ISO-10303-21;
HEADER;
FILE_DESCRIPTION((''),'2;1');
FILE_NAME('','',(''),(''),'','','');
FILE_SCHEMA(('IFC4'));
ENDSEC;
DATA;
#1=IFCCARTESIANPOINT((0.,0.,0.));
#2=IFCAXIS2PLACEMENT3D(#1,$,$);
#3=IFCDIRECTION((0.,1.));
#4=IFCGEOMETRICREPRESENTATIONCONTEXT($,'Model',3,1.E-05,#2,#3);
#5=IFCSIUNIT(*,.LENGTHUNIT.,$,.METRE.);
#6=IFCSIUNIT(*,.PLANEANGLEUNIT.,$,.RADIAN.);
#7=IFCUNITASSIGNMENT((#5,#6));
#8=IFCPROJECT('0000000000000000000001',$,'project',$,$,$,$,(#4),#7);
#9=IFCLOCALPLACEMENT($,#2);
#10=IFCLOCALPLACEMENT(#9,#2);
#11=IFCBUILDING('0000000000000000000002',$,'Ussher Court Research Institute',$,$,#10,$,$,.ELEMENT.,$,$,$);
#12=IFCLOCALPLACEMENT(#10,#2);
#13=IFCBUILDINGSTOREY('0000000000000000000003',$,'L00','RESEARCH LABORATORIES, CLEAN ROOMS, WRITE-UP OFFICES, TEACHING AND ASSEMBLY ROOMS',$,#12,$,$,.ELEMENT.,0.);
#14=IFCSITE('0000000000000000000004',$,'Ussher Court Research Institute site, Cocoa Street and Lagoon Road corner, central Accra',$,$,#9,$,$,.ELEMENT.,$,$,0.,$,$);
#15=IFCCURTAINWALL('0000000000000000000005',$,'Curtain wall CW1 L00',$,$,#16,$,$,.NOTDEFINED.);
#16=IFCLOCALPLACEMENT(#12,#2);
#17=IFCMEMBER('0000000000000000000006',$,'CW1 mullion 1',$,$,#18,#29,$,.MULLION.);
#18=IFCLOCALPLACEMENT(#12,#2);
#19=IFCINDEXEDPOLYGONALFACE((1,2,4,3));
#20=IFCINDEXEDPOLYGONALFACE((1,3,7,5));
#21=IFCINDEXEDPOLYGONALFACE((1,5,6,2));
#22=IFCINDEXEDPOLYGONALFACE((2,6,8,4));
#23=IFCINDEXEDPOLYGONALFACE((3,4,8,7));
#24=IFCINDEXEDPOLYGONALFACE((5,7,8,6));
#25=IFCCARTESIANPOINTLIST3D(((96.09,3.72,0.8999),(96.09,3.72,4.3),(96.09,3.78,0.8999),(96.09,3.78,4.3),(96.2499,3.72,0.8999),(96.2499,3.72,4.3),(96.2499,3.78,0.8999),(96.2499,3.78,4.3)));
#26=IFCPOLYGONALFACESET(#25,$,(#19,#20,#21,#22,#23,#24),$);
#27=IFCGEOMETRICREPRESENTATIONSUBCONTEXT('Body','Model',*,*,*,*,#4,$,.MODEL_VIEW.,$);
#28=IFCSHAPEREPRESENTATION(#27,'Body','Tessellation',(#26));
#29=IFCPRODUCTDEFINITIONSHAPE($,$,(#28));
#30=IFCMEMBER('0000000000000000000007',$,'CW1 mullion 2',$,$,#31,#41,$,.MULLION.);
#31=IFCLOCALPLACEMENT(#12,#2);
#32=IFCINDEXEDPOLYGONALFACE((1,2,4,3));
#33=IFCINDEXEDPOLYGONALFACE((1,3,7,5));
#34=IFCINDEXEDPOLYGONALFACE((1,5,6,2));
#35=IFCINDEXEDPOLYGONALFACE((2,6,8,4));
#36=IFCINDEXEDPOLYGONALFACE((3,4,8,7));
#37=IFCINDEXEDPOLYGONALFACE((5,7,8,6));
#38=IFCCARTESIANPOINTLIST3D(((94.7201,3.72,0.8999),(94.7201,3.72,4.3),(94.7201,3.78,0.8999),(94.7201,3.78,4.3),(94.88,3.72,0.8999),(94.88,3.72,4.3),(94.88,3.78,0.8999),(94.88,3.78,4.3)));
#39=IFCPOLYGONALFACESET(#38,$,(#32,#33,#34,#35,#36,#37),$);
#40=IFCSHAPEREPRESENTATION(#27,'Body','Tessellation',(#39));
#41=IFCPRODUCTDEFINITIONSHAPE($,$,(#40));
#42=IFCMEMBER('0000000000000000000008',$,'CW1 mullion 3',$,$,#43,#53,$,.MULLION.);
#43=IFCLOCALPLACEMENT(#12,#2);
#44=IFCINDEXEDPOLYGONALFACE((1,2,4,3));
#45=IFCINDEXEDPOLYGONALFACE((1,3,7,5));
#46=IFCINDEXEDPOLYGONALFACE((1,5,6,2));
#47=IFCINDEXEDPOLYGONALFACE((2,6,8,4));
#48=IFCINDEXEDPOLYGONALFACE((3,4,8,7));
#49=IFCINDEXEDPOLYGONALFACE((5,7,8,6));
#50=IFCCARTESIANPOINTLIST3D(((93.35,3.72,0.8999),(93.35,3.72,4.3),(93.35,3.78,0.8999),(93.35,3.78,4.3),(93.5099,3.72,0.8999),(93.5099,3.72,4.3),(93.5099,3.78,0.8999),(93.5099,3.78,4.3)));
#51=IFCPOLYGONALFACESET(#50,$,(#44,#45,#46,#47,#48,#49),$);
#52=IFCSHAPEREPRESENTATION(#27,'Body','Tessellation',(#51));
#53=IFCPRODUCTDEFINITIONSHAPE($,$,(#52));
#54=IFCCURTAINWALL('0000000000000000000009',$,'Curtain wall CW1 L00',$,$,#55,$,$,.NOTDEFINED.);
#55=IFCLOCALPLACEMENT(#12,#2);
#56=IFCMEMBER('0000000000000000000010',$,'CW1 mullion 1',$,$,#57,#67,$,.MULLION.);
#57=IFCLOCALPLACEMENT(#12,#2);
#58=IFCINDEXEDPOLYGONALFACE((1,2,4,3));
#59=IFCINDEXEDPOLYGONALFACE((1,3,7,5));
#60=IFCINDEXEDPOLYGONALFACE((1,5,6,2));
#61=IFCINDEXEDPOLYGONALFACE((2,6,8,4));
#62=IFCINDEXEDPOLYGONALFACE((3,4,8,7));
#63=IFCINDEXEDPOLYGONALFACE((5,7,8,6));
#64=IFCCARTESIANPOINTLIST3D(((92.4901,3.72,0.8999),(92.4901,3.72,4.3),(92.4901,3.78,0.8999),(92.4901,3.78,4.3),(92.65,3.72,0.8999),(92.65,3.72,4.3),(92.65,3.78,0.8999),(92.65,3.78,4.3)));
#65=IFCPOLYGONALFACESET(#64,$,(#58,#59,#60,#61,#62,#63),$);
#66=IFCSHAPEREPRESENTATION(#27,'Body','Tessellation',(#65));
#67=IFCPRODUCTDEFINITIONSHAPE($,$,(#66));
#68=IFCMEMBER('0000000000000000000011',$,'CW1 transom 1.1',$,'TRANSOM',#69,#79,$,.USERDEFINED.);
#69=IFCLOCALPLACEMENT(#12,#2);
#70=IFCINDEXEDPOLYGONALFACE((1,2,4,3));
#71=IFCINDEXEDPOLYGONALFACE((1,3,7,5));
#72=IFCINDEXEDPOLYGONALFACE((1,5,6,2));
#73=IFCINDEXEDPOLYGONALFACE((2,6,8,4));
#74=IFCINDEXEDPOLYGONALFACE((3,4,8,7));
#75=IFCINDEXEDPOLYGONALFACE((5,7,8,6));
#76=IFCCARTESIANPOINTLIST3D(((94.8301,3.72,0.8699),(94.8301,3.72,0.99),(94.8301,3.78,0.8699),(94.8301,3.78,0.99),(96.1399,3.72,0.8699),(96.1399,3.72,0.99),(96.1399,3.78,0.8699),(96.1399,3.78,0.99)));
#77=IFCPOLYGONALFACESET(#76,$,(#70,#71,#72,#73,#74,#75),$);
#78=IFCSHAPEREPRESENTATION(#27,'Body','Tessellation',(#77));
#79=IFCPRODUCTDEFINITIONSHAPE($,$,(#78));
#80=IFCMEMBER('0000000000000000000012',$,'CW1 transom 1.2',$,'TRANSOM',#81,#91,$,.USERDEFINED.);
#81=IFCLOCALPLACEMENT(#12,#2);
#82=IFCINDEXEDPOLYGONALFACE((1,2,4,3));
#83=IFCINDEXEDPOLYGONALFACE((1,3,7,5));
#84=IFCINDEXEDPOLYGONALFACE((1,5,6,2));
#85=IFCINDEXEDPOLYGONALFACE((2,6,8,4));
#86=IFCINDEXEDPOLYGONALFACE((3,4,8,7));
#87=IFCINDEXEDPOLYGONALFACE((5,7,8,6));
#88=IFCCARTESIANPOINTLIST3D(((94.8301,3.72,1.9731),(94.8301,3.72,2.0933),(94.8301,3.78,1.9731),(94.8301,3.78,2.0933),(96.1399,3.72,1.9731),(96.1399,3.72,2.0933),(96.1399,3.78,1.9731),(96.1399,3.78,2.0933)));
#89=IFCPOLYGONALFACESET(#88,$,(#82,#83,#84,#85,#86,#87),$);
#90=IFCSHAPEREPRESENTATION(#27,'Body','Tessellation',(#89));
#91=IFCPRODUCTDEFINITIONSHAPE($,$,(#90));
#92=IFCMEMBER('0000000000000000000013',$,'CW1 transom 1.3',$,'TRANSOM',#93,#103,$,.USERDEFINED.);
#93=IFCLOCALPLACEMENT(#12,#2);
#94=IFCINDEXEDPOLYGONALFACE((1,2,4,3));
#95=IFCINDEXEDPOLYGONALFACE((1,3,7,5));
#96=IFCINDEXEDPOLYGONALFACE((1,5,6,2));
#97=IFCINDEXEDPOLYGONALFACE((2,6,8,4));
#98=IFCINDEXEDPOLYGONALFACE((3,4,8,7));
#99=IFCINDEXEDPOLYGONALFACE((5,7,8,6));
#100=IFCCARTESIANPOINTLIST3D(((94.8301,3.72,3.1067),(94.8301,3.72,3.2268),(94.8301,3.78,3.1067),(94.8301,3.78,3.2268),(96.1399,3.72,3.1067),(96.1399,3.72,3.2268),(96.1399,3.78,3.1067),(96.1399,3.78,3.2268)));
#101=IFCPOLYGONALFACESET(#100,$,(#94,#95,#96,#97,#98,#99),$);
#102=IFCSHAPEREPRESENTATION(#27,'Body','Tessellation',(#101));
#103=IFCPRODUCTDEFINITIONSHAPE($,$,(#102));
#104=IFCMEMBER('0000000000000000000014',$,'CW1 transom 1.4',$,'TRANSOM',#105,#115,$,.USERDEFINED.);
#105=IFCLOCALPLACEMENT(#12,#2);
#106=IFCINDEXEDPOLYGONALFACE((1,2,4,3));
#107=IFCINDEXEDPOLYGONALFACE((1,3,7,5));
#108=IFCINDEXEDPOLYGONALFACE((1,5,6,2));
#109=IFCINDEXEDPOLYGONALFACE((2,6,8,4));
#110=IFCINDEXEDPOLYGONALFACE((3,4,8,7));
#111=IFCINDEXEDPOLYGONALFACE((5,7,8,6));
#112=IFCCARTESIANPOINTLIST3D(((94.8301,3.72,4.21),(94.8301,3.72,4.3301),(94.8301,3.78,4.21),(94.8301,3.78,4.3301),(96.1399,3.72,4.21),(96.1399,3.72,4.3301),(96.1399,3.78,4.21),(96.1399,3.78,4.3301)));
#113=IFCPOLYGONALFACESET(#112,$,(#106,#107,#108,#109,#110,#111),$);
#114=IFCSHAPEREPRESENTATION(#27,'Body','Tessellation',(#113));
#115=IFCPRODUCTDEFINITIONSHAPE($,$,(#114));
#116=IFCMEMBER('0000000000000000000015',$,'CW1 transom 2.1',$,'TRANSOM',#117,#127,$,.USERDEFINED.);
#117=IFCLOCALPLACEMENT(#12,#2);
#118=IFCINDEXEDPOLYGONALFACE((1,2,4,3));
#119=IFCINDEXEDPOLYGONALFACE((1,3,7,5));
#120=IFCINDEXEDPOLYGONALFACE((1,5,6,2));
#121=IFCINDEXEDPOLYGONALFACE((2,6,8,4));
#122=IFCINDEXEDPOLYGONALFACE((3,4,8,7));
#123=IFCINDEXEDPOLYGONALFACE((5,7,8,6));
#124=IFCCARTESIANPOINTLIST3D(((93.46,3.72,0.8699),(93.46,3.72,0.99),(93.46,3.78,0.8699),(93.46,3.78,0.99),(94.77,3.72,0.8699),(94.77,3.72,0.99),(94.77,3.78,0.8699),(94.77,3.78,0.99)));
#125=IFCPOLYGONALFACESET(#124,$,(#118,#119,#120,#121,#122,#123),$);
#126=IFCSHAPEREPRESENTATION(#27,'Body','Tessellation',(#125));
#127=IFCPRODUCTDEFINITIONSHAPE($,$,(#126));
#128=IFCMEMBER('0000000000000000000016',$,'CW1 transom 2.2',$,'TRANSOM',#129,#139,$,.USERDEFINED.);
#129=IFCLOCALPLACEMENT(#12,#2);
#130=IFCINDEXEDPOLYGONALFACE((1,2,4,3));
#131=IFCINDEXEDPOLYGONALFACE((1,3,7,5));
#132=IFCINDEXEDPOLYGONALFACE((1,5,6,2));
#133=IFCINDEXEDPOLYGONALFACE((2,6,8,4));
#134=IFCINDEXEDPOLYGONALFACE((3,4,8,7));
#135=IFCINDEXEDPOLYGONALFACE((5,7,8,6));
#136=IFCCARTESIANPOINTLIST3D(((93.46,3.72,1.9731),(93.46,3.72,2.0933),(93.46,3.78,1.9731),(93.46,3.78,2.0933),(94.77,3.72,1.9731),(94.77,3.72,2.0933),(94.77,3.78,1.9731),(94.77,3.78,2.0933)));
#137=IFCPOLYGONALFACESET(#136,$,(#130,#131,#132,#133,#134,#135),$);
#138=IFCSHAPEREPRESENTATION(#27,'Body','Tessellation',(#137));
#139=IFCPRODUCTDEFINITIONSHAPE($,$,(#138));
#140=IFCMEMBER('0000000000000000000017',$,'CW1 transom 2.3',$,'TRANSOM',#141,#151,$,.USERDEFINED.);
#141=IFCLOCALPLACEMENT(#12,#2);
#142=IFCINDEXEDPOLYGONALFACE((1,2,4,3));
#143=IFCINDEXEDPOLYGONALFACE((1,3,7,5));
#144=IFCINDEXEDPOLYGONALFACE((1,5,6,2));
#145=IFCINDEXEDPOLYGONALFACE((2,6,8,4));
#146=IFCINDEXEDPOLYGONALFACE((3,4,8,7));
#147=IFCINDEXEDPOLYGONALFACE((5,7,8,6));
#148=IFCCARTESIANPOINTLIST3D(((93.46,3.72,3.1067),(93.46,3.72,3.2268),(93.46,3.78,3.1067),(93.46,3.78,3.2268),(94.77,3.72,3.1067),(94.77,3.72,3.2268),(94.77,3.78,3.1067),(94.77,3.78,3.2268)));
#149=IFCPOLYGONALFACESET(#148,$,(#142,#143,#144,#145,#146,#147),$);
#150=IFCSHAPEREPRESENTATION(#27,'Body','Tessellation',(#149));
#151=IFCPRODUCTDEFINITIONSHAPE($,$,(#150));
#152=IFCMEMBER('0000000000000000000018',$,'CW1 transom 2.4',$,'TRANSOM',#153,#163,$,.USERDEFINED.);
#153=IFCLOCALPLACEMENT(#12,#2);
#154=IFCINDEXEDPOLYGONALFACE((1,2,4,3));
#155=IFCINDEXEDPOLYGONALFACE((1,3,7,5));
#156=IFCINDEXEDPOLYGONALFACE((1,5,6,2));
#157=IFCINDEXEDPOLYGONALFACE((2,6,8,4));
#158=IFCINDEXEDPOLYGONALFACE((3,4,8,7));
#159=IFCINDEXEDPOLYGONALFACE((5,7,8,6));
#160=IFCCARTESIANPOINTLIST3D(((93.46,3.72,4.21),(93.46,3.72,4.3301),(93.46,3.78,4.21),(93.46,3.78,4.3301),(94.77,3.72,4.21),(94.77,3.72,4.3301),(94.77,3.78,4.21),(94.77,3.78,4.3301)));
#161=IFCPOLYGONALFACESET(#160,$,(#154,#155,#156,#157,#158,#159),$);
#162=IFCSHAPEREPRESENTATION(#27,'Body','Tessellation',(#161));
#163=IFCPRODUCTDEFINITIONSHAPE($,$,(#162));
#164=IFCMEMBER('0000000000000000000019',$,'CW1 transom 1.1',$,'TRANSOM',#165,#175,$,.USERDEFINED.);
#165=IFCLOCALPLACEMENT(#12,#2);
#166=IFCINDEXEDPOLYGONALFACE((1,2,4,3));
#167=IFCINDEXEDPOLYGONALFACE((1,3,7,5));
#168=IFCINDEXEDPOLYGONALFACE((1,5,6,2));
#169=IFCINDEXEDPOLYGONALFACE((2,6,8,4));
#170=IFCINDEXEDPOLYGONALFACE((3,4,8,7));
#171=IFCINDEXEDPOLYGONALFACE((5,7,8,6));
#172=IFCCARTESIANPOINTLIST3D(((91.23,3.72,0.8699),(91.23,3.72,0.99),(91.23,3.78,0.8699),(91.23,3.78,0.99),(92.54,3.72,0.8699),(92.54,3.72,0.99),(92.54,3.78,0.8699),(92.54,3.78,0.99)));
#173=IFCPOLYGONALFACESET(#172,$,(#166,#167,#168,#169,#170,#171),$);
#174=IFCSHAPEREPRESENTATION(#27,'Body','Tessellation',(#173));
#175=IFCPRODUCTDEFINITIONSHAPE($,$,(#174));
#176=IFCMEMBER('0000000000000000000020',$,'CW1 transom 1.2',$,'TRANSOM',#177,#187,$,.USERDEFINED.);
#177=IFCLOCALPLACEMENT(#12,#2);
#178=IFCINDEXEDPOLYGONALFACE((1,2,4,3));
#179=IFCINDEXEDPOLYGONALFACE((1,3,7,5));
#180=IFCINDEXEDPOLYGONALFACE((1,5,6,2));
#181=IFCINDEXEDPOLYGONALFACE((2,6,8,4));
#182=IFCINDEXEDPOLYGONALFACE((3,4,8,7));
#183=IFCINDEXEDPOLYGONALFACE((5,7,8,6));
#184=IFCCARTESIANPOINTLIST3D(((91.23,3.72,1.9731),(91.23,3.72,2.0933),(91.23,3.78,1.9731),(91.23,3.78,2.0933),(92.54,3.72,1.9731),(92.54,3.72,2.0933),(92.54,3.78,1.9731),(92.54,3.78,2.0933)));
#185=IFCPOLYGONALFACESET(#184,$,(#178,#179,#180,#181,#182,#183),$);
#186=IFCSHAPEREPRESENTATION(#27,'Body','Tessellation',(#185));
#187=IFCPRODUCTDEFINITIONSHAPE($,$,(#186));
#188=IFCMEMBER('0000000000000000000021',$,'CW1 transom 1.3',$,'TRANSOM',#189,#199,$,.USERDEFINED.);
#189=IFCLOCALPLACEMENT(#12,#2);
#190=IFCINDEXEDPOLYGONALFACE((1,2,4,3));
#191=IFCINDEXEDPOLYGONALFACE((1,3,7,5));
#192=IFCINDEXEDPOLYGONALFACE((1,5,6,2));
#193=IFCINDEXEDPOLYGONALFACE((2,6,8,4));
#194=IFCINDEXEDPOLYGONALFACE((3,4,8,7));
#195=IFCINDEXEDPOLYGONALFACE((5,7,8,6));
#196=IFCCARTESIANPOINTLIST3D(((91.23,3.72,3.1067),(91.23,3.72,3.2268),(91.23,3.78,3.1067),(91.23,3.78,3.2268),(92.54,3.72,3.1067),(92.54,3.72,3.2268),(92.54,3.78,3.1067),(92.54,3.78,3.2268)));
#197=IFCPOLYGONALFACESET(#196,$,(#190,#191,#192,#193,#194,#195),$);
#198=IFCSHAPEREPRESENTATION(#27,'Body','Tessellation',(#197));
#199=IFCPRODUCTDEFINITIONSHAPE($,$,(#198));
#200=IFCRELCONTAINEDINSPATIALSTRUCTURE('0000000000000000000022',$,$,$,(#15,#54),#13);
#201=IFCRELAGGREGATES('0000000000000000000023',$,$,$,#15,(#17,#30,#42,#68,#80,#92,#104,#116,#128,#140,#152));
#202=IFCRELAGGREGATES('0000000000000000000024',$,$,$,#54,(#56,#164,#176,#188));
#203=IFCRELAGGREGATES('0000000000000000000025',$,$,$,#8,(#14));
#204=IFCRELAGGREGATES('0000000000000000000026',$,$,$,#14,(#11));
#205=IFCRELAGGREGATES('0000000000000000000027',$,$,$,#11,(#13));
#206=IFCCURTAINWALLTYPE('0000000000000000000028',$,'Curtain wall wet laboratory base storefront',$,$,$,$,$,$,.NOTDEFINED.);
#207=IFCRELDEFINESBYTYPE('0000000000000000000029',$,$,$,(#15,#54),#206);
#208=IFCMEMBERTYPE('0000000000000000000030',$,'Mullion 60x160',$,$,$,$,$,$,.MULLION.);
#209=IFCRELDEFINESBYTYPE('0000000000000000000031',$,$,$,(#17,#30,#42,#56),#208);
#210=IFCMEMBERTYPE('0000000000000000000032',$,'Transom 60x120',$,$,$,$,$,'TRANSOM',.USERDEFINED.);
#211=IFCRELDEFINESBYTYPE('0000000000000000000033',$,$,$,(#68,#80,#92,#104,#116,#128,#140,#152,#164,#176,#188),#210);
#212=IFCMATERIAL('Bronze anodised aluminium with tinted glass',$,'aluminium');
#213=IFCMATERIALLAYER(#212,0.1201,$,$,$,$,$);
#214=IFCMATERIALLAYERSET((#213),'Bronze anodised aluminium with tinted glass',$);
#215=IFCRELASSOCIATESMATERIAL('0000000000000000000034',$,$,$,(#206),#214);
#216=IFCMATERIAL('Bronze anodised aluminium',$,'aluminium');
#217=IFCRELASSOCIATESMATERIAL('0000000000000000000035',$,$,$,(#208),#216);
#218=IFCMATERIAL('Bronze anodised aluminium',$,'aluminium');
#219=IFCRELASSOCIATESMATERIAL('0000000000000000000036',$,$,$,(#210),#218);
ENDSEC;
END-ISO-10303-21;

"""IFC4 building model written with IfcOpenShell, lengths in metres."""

from ifc_helpers import new_model, si_unit, direction, frame, origin, origin_2d, place, context, subcontext, project, spatial, rectangle, extrude, material, layer, layer_set, material_profile, profile_set, type_object, element, aggregate, save


model = new_model("IFC4")

# Units and contexts
model_context = context("Model", 3, precision=1e-05, world=origin(), true_north=direction((0.0, 1.0)))
body_context = subcontext(model_context, "Body", "Model", "MODEL_VIEW")
ifc_project = project(units=[si_unit("LENGTHUNIT", "METRE"), si_unit("PLANEANGLEUNIT", "RADIAN")], contexts=[model_context])

# Site, building, storey
site_placement = place(None, origin())
site = spatial("IfcSite", under=ifc_project, at=site_placement, Name="Ussher Court Research Institute site, Cocoa Street and Lagoon Road corner, central Accra", CompositionType="ELEMENT", RefElevation=0.0)
building_placement = place(site_placement, origin())
building = spatial("IfcBuilding", under=site, at=building_placement, Name="Ussher Court Research Institute", CompositionType="ELEMENT")
storey_placement = place(building_placement, origin())
storey = spatial("IfcBuildingStorey", under=building, at=storey_placement, Name="L00", Description="RESEARCH LABORATORIES, CLEAN ROOMS, WRITE-UP OFFICES, TEACHING AND ASSEMBLY ROOMS", CompositionType="ELEMENT", Elevation=0.0)

# Curtain wall, members
ifc_material_1 = material(Name="Bronze anodised aluminium with tinted glass", Category="aluminium")
ifc_layer_1 = layer(ifc_material_1, 0.1201)
ifc_layer_set_1 = layer_set([ifc_layer_1], Name="Bronze anodised aluminium with tinted glass")
curtain_wall_type = type_object("IfcCurtainWallType", Name="Curtain wall wet laboratory base storefront", PredefinedType="NOTDEFINED", material=ifc_layer_set_1)
curtain_wall_1_placement = place(storey_placement, origin())
curtain_wall_1 = element("IfcCurtainWall", 1, at=curtain_wall_1_placement, inside=storey, type_object=curtain_wall_type, Name="Curtain wall CW1 L00", PredefinedType="NOTDEFINED")
ifc_material_2 = material(Name="Bronze anodised aluminium", Category="aluminium")
ifc_material_profile_1 = material_profile(ifc_material_2, rectangle(XDim=0.0601, YDim=0.1599, at=origin_2d()), Name="Mullion 60x160")
ifc_profile_set_1 = profile_set([ifc_material_profile_1], Name="Bronze anodised aluminium")
member_type_1 = type_object("IfcMemberType", Name="Mullion 60x160", PredefinedType="MULLION", material=ifc_profile_set_1)
member_1_placement = place(storey_placement, frame((96.1699, 3.75, 0.8999), z_axis=(0.0, 0.0, 1.0), x_axis=(0.0, -1.0, 0.0)))
member_1 = element("IfcMember", 2, at=member_1_placement, type_object=member_type_1, Name="CW1 mullion 1", PredefinedType="MULLION", context=body_context, shape_type="SweptSolid", body=[
    extrude(rectangle(XDim=0.0601, YDim=0.1599, at=origin_2d()), origin(), (0.0, 0.0, 1.0), 3.4001),
])
member_2_placement = place(storey_placement, frame((94.8, 3.75, 0.8999), z_axis=(0.0, 0.0, 1.0), x_axis=(0.0, -1.0, 0.0)))
member_2 = element("IfcMember", 3, at=member_2_placement, type_object=member_type_1, Name="CW1 mullion 2", PredefinedType="MULLION", context=body_context, shape_type="SweptSolid", body=[
    extrude(rectangle(XDim=0.0601, YDim=0.1599, at=origin_2d()), origin(), (0.0, 0.0, 1.0), 3.4001),
])
member_3_placement = place(storey_placement, frame((93.4299, 3.75, 0.8999), z_axis=(0.0, 0.0, 1.0), x_axis=(0.0, -1.0, 0.0)))
member_3 = element("IfcMember", 4, at=member_3_placement, type_object=member_type_1, Name="CW1 mullion 3", PredefinedType="MULLION", context=body_context, shape_type="SweptSolid", body=[
    extrude(rectangle(XDim=0.0601, YDim=0.1599, at=origin_2d()), origin(), (0.0, 0.0, 1.0), 3.4001),
])

# Curtain wall, member
curtain_wall_2_placement = place(storey_placement, origin())
curtain_wall_2 = element("IfcCurtainWall", 5, at=curtain_wall_2_placement, inside=storey, type_object=curtain_wall_type, Name="Curtain wall CW1 L00", PredefinedType="NOTDEFINED")
member_4_placement = place(storey_placement, frame((92.5701, 3.75, 0.8999), z_axis=(0.0, 0.0, 1.0), x_axis=(0.0, -1.0, 0.0)))
member_4 = element("IfcMember", 6, at=member_4_placement, type_object=member_type_1, Name="CW1 mullion 1", PredefinedType="MULLION", context=body_context, shape_type="SweptSolid", body=[
    extrude(rectangle(XDim=0.0601, YDim=0.1599, at=origin_2d()), origin(), (0.0, 0.0, 1.0), 3.4001),
])

# Members
ifc_material_3 = material(Name="Bronze anodised aluminium", Category="aluminium")
ifc_material_profile_2 = material_profile(ifc_material_3, rectangle(XDim=0.0601, YDim=0.1201, at=origin_2d()), Name="Transom 60x120")
ifc_profile_set_2 = profile_set([ifc_material_profile_2], Name="Bronze anodised aluminium")
member_type_2 = type_object("IfcMemberType", Name="Transom 60x120", ElementType="TRANSOM", PredefinedType="USERDEFINED", material=ifc_profile_set_2)
member_5_placement = place(storey_placement, frame((96.1399, 3.75, 0.9299), z_axis=(-1.0, 0.0, 0.0), x_axis=(0.0, -1.0, 0.0)))
member_5 = element("IfcMember", 7, at=member_5_placement, type_object=member_type_2, Name="CW1 transom 1.1", ObjectType="TRANSOM", PredefinedType="USERDEFINED", context=body_context, shape_type="SweptSolid", body=[
    extrude(rectangle(XDim=0.0601, YDim=0.1201, at=origin_2d()), origin(), (0.0, 0.0, 1.0), 1.3098),
])
member_6_placement = place(storey_placement, frame((96.1399, 3.75, 2.0332), z_axis=(-1.0, 0.0, 0.0), x_axis=(0.0, -1.0, 0.0)))
member_6 = element("IfcMember", 8, at=member_6_placement, type_object=member_type_2, Name="CW1 transom 1.2", ObjectType="TRANSOM", PredefinedType="USERDEFINED", context=body_context, shape_type="SweptSolid", body=[
    extrude(rectangle(XDim=0.0601, YDim=0.1201, at=origin_2d()), origin(), (0.0, 0.0, 1.0), 1.3098),
])
member_7_placement = place(storey_placement, frame((96.1399, 3.75, 3.1667), z_axis=(-1.0, 0.0, 0.0), x_axis=(0.0, -1.0, 0.0)))
member_7 = element("IfcMember", 9, at=member_7_placement, type_object=member_type_2, Name="CW1 transom 1.3", ObjectType="TRANSOM", PredefinedType="USERDEFINED", context=body_context, shape_type="SweptSolid", body=[
    extrude(rectangle(XDim=0.0601, YDim=0.1201, at=origin_2d()), origin(), (0.0, 0.0, 1.0), 1.3098),
])
member_8_placement = place(storey_placement, frame((96.1399, 3.75, 4.27), z_axis=(-1.0, 0.0, 0.0), x_axis=(0.0, -1.0, 0.0)))
member_8 = element("IfcMember", 10, at=member_8_placement, type_object=member_type_2, Name="CW1 transom 1.4", ObjectType="TRANSOM", PredefinedType="USERDEFINED", context=body_context, shape_type="SweptSolid", body=[
    extrude(rectangle(XDim=0.0601, YDim=0.1201, at=origin_2d()), origin(), (0.0, 0.0, 1.0), 1.3098),
])
member_9_placement = place(storey_placement, frame((94.77, 3.75, 0.9299), z_axis=(-1.0, 0.0, 0.0), x_axis=(0.0, -1.0, 0.0)))
member_9 = element("IfcMember", 11, at=member_9_placement, type_object=member_type_2, Name="CW1 transom 2.1", ObjectType="TRANSOM", PredefinedType="USERDEFINED", context=body_context, shape_type="SweptSolid", body=[
    extrude(rectangle(XDim=0.0601, YDim=0.1201, at=origin_2d()), origin(), (0.0, 0.0, 1.0), 1.3101),
])
member_10_placement = place(storey_placement, frame((94.77, 3.75, 2.0332), z_axis=(-1.0, 0.0, 0.0), x_axis=(0.0, -1.0, 0.0)))
member_10 = element("IfcMember", 12, at=member_10_placement, type_object=member_type_2, Name="CW1 transom 2.2", ObjectType="TRANSOM", PredefinedType="USERDEFINED", context=body_context, shape_type="SweptSolid", body=[
    extrude(rectangle(XDim=0.0601, YDim=0.1201, at=origin_2d()), origin(), (0.0, 0.0, 1.0), 1.3101),
])
member_11_placement = place(storey_placement, frame((94.77, 3.75, 3.1667), z_axis=(-1.0, 0.0, 0.0), x_axis=(0.0, -1.0, 0.0)))
member_11 = element("IfcMember", 13, at=member_11_placement, type_object=member_type_2, Name="CW1 transom 2.3", ObjectType="TRANSOM", PredefinedType="USERDEFINED", context=body_context, shape_type="SweptSolid", body=[
    extrude(rectangle(XDim=0.0601, YDim=0.1201, at=origin_2d()), origin(), (0.0, 0.0, 1.0), 1.3101),
])
member_12_placement = place(storey_placement, frame((94.77, 3.75, 4.27), z_axis=(-1.0, 0.0, 0.0), x_axis=(0.0, -1.0, 0.0)))
member_12 = element("IfcMember", 14, at=member_12_placement, type_object=member_type_2, Name="CW1 transom 2.4", ObjectType="TRANSOM", PredefinedType="USERDEFINED", context=body_context, shape_type="SweptSolid", body=[
    extrude(rectangle(XDim=0.0601, YDim=0.1201, at=origin_2d()), origin(), (0.0, 0.0, 1.0), 1.3101),
])
member_13_placement = place(storey_placement, frame((92.54, 3.75, 0.9299), z_axis=(-1.0, 0.0, 0.0), x_axis=(0.0, -1.0, 0.0)))
member_13 = element("IfcMember", 15, at=member_13_placement, type_object=member_type_2, Name="CW1 transom 1.1", ObjectType="TRANSOM", PredefinedType="USERDEFINED", context=body_context, shape_type="SweptSolid", body=[
    extrude(rectangle(XDim=0.0601, YDim=0.1201, at=origin_2d()), origin(), (0.0, 0.0, 1.0), 1.3101),
])
member_14_placement = place(storey_placement, frame((92.54, 3.75, 2.0332), z_axis=(-1.0, 0.0, 0.0), x_axis=(0.0, -1.0, 0.0)))
member_14 = element("IfcMember", 16, at=member_14_placement, type_object=member_type_2, Name="CW1 transom 1.2", ObjectType="TRANSOM", PredefinedType="USERDEFINED", context=body_context, shape_type="SweptSolid", body=[
    extrude(rectangle(XDim=0.0601, YDim=0.1201, at=origin_2d()), origin(), (0.0, 0.0, 1.0), 1.3101),
])
member_15_placement = place(storey_placement, frame((92.54, 3.75, 3.1667), z_axis=(-1.0, 0.0, 0.0), x_axis=(0.0, -1.0, 0.0)))
member_15 = element("IfcMember", 17, at=member_15_placement, type_object=member_type_2, Name="CW1 transom 1.3", ObjectType="TRANSOM", PredefinedType="USERDEFINED", context=body_context, shape_type="SweptSolid", body=[
    extrude(rectangle(XDim=0.0601, YDim=0.1201, at=origin_2d()), origin(), (0.0, 0.0, 1.0), 1.3101),
])

aggregate(curtain_wall_1, [member_1, member_2, member_3, member_5, member_6, member_7, member_8, member_9, member_10, member_11, member_12])
aggregate(curtain_wall_2, [member_4, member_13, member_14, member_15])

save(model, "model.ifc")
